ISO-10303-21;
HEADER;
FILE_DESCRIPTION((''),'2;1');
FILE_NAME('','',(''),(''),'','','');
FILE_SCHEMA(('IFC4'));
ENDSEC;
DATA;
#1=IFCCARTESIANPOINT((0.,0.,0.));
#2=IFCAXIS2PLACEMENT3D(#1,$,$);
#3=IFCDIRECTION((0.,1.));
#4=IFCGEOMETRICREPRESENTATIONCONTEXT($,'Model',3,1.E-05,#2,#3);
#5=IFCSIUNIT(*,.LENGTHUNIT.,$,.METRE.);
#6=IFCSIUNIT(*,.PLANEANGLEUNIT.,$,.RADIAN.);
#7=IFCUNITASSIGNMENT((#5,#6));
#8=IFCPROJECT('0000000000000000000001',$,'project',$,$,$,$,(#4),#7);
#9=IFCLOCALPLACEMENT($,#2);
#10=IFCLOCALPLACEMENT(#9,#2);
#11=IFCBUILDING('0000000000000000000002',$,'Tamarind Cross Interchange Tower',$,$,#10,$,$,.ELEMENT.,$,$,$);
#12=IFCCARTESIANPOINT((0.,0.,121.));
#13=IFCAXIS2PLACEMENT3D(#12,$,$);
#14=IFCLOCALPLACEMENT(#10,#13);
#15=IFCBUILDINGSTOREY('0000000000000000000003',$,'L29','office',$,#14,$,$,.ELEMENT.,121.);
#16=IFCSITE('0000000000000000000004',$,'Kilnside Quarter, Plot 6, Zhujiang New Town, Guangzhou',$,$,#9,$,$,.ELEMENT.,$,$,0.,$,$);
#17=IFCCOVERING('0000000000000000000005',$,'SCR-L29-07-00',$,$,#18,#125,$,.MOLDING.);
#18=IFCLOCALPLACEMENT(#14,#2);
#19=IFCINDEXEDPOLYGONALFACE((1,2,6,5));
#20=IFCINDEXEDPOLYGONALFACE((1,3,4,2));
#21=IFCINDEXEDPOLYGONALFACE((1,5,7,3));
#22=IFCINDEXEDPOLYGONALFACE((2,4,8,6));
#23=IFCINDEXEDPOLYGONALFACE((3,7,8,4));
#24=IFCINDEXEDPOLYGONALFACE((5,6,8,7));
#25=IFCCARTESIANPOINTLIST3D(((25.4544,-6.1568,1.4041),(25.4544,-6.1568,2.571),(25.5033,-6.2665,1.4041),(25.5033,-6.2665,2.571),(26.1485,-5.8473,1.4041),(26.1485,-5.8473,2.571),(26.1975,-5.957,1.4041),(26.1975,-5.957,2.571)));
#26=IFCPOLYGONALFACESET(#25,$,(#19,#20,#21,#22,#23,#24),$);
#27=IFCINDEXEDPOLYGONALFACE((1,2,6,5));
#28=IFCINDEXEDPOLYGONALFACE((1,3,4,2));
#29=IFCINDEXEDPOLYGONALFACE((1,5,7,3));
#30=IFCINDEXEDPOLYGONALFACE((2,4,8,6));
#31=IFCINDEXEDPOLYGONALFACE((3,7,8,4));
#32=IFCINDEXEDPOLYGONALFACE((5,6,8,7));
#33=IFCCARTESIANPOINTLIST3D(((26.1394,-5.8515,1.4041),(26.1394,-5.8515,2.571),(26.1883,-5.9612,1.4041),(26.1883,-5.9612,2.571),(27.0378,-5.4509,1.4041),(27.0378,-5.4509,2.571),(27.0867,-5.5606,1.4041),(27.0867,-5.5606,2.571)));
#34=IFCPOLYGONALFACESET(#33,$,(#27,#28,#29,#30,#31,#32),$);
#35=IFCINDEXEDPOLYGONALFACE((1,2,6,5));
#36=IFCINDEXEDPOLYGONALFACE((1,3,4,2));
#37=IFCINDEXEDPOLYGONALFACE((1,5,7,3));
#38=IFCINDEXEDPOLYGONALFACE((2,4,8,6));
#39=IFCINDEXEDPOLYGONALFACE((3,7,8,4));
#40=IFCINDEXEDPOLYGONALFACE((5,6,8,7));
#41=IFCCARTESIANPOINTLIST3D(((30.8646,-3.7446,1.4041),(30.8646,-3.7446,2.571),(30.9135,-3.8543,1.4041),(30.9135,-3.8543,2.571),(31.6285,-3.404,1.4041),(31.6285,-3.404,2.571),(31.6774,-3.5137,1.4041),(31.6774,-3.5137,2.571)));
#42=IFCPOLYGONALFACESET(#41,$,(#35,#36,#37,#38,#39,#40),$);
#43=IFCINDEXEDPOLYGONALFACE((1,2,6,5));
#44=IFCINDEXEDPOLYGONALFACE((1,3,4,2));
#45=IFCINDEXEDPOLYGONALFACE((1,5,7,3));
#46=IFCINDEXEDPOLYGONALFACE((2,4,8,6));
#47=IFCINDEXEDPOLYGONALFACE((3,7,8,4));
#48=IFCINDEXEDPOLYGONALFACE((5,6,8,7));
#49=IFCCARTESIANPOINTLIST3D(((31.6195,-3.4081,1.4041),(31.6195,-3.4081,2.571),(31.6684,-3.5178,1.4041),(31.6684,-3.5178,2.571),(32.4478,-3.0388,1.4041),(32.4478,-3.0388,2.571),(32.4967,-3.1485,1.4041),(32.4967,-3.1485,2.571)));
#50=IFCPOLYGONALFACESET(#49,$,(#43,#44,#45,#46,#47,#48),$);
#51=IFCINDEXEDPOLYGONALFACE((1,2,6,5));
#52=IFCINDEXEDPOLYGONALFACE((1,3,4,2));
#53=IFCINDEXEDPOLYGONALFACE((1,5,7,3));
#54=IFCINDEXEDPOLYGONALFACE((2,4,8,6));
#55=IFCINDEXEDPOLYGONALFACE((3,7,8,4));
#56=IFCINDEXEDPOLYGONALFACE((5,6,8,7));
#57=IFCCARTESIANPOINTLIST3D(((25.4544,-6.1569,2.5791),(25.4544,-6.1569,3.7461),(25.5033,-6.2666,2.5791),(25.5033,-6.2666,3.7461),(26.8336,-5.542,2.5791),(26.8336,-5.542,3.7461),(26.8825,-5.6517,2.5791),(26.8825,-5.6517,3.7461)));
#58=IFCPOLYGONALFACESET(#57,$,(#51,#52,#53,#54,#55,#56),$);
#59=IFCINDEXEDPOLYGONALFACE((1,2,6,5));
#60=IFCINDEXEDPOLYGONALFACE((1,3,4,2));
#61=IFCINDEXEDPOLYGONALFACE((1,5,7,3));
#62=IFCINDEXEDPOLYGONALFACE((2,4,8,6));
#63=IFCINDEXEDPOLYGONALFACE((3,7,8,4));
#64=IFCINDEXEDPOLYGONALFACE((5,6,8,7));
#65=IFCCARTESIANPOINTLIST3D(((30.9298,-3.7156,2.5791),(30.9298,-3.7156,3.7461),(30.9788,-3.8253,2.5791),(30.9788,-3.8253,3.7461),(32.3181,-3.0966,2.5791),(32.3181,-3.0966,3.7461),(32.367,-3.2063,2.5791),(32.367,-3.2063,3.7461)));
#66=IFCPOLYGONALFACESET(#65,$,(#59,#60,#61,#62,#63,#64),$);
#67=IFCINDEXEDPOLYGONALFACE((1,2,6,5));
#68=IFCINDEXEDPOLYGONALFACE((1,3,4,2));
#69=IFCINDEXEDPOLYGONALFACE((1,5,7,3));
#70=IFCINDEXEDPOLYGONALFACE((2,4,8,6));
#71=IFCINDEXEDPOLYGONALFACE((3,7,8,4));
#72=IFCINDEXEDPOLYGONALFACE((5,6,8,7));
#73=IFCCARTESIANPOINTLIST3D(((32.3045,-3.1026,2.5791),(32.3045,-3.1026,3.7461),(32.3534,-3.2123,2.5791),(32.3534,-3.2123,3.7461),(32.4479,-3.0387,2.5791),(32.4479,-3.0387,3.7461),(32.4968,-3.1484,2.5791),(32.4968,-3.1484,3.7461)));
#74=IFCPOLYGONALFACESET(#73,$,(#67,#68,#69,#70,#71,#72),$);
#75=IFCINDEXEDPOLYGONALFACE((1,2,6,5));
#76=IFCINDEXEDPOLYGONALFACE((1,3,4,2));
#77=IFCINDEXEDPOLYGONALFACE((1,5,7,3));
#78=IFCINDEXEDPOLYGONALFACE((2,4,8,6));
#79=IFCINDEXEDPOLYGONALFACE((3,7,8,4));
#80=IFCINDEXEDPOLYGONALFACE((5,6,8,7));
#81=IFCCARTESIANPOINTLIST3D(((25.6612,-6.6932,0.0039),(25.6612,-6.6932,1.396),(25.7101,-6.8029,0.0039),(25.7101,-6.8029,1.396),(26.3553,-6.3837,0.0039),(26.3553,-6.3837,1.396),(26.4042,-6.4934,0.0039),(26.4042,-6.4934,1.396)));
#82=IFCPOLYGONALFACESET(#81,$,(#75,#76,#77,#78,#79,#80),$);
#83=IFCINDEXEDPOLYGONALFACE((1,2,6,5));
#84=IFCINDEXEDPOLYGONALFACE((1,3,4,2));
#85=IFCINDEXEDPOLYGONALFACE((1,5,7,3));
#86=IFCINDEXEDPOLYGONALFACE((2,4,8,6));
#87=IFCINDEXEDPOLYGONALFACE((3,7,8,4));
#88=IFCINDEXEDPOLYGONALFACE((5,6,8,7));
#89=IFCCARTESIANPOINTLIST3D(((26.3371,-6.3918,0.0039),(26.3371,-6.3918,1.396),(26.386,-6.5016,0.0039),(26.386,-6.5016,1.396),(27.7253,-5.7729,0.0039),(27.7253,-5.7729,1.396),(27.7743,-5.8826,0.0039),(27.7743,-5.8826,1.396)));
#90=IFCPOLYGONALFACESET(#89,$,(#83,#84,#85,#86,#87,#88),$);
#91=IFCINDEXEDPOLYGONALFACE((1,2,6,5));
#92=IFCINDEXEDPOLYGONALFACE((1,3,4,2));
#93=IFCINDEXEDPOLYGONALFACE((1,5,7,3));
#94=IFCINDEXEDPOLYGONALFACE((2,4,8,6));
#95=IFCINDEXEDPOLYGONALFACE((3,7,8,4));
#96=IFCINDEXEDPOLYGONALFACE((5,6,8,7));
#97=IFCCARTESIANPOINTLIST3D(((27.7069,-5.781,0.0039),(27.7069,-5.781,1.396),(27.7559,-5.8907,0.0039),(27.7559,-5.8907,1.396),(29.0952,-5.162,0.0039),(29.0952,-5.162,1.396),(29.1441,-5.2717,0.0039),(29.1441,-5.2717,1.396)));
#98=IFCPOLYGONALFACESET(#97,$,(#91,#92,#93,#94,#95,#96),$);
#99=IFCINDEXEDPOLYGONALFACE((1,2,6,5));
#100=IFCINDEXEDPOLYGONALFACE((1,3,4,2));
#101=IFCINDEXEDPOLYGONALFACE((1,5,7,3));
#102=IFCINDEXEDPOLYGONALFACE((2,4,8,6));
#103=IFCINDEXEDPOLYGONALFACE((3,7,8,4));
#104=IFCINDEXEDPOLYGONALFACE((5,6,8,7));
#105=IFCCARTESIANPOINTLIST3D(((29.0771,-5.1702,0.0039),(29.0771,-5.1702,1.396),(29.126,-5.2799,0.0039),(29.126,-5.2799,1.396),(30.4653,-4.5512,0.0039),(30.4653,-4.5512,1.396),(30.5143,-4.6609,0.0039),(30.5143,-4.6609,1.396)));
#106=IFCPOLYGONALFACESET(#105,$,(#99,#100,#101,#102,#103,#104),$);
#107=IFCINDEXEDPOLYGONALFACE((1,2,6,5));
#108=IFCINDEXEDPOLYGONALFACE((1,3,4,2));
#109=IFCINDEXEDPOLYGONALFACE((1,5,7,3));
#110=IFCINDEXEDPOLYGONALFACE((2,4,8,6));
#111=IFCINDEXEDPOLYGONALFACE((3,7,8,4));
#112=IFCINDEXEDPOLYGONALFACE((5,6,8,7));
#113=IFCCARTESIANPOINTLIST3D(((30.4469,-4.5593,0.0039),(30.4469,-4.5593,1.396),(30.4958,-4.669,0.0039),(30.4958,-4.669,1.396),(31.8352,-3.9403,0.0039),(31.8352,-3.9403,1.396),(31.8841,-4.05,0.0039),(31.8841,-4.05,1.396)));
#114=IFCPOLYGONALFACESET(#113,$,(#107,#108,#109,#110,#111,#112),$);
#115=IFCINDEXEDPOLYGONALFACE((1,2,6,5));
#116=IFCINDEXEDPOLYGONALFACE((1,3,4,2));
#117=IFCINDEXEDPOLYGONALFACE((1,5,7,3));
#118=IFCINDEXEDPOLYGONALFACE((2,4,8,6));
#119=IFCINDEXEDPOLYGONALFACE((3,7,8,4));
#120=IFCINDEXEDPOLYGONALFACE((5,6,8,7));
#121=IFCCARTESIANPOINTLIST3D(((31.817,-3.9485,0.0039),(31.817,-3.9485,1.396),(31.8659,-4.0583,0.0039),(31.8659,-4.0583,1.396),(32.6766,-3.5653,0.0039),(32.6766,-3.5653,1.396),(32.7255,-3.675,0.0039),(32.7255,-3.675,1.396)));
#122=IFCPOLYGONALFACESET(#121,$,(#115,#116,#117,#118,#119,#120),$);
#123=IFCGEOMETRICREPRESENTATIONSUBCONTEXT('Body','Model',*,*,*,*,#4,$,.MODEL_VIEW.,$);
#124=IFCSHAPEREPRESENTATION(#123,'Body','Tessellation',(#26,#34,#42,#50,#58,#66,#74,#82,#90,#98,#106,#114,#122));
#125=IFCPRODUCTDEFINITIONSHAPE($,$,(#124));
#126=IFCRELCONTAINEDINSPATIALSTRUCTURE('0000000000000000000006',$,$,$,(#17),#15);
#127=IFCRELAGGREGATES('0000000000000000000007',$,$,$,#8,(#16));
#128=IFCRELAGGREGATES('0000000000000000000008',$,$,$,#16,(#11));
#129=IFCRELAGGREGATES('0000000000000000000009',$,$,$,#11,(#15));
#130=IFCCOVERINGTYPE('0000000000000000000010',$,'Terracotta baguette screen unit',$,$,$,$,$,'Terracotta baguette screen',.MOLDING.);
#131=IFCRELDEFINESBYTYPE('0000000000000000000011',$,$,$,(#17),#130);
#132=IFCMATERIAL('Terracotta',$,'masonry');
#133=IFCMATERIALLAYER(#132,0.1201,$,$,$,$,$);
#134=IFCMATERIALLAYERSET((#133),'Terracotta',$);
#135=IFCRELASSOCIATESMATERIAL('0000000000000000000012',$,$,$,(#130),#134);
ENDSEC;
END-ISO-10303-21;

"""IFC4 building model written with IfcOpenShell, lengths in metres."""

from ifc_helpers import new_model, si_unit, direction, frame, origin, origin_2d, place, context, subcontext, project, spatial, rectangle, extrude, material, layer, layer_set, type_object, element, save


model = new_model("IFC4")

# Units and contexts
model_context = context("Model", 3, precision=1e-05, world=origin(), true_north=direction((0.0, 1.0)))
body_context = subcontext(model_context, "Body", "Model", "MODEL_VIEW")
ifc_project = project(units=[si_unit("LENGTHUNIT", "METRE"), si_unit("PLANEANGLEUNIT", "RADIAN")], contexts=[model_context])

# Site, building, storey
site_placement = place(None, origin())
site = spatial("IfcSite", under=ifc_project, at=site_placement, Name="Kilnside Quarter, Plot 6, Zhujiang New Town, Guangzhou", CompositionType="ELEMENT", RefElevation=0.0)
building_placement = place(site_placement, origin())
building = spatial("IfcBuilding", under=site, at=building_placement, Name="Tamarind Cross Interchange Tower", CompositionType="ELEMENT")
storey_placement = place(building_placement, frame((0.0, 0.0, 121.0)))
storey = spatial("IfcBuildingStorey", under=building, at=storey_placement, Name="L29", Description="office", CompositionType="ELEMENT", Elevation=121.0)

# Covering
ifc_material_1 = material(Name="Terracotta", Category="masonry")
ifc_layer_1 = layer(ifc_material_1, 0.1201)
ifc_layer_set_1 = layer_set([ifc_layer_1], Name="Terracotta")
covering_type = type_object("IfcCoveringType", Name="Terracotta baguette screen unit", ElementType="Terracotta baguette screen", PredefinedType="MOLDING", material=ifc_layer_set_1)
covering_1_placement = place(storey_placement, origin())
element("IfcCovering", 1, at=covering_1_placement, inside=storey, type_object=covering_type, Name="SCR-L29-07-00", PredefinedType="MOLDING", context=body_context, shape_type="SweptSolid", body=[
    extrude(rectangle(XDim=0.76, YDim=0.1201, at=origin_2d()), frame((25.8259, -6.0569, 1.4041), z_axis=(0.0, 0.0, 1.0), x_axis=(0.91333, 0.407221, 0.0)), (0.0, 0.0, 1.0), 1.167),
    extrude(rectangle(XDim=0.9836, YDim=0.1201, at=origin_2d()), frame((26.613, -5.7061, 1.4041), z_axis=(0.0, 0.0, 1.0), x_axis=(0.91333, 0.407221, 0.0)), (0.0, 0.0, 1.0), 1.167),
    extrude(rectangle(XDim=0.8364, YDim=0.1201, at=origin_2d()), frame((31.271, -3.6292, 1.4041), z_axis=(0.0, 0.0, 1.0), x_axis=(0.91333, 0.407221, 0.0)), (0.0, 0.0, 1.0), 1.167),
    extrude(rectangle(XDim=0.907, YDim=0.1201, at=origin_2d()), frame((32.0581, -3.2783, 1.4041), z_axis=(0.0, 0.0, 1.0), x_axis=(0.91333, 0.407221, 0.0)), (0.0, 0.0, 1.0), 1.167),
    extrude(rectangle(XDim=1.51, YDim=0.1201, at=origin_2d()), frame((26.1685, -5.9043, 2.5791), z_axis=(0.0, 0.0, 1.0), x_axis=(0.91333, 0.407221, 0.0)), (0.0, 0.0, 1.0), 1.167),
    extrude(rectangle(XDim=1.52, YDim=0.1201, at=origin_2d()), frame((31.6484, -3.4609, 2.5791), z_axis=(0.0, 0.0, 1.0), x_axis=(0.91333, 0.407221, 0.0)), (0.0, 0.0, 1.0), 1.167),
    extrude(rectangle(XDim=0.157, YDim=0.1201, at=origin_2d()), frame((32.4006, -3.1255, 2.5791), z_axis=(0.0, 0.0, 1.0), x_axis=(0.91333, 0.407221, 0.0)), (0.0, 0.0, 1.0), 1.167),
    extrude(rectangle(XDim=0.76, YDim=0.1201, at=origin_2d()), frame((26.0327, -6.5933, 0.0039), z_axis=(0.0, 0.0, 1.0), x_axis=(0.91333, 0.407221, 0.0)), (0.0, 0.0, 1.0), 1.3921),
    extrude(rectangle(XDim=1.52, YDim=0.1201, at=origin_2d()), frame((27.0557, -6.1372, 0.0039), z_axis=(0.0, 0.0, 1.0), x_axis=(0.91333, 0.407221, 0.0)), (0.0, 0.0, 1.0), 1.3921),
    extrude(rectangle(XDim=1.52, YDim=0.1201, at=origin_2d()), frame((28.4255, -5.5264, 0.0039), z_axis=(0.0, 0.0, 1.0), x_axis=(0.91333, 0.407221, 0.0)), (0.0, 0.0, 1.0), 1.3921),
    extrude(rectangle(XDim=1.52, YDim=0.1201, at=origin_2d()), frame((29.7957, -4.9155, 0.0039), z_axis=(0.0, 0.0, 1.0), x_axis=(0.91333, 0.407221, 0.0)), (0.0, 0.0, 1.0), 1.3921),
    extrude(rectangle(XDim=1.52, YDim=0.1201, at=origin_2d()), frame((31.1655, -4.3047, 0.0039), z_axis=(0.0, 0.0, 1.0), x_axis=(0.91333, 0.407221, 0.0)), (0.0, 0.0, 1.0), 1.3921),
    extrude(rectangle(XDim=0.9412, YDim=0.1201, at=origin_2d()), frame((32.2712, -3.8118, 0.0039), z_axis=(0.0, 0.0, 1.0), x_axis=(0.91333, 0.407221, 0.0)), (0.0, 0.0, 1.0), 1.3921),
])

save(model, "model.ifc")
